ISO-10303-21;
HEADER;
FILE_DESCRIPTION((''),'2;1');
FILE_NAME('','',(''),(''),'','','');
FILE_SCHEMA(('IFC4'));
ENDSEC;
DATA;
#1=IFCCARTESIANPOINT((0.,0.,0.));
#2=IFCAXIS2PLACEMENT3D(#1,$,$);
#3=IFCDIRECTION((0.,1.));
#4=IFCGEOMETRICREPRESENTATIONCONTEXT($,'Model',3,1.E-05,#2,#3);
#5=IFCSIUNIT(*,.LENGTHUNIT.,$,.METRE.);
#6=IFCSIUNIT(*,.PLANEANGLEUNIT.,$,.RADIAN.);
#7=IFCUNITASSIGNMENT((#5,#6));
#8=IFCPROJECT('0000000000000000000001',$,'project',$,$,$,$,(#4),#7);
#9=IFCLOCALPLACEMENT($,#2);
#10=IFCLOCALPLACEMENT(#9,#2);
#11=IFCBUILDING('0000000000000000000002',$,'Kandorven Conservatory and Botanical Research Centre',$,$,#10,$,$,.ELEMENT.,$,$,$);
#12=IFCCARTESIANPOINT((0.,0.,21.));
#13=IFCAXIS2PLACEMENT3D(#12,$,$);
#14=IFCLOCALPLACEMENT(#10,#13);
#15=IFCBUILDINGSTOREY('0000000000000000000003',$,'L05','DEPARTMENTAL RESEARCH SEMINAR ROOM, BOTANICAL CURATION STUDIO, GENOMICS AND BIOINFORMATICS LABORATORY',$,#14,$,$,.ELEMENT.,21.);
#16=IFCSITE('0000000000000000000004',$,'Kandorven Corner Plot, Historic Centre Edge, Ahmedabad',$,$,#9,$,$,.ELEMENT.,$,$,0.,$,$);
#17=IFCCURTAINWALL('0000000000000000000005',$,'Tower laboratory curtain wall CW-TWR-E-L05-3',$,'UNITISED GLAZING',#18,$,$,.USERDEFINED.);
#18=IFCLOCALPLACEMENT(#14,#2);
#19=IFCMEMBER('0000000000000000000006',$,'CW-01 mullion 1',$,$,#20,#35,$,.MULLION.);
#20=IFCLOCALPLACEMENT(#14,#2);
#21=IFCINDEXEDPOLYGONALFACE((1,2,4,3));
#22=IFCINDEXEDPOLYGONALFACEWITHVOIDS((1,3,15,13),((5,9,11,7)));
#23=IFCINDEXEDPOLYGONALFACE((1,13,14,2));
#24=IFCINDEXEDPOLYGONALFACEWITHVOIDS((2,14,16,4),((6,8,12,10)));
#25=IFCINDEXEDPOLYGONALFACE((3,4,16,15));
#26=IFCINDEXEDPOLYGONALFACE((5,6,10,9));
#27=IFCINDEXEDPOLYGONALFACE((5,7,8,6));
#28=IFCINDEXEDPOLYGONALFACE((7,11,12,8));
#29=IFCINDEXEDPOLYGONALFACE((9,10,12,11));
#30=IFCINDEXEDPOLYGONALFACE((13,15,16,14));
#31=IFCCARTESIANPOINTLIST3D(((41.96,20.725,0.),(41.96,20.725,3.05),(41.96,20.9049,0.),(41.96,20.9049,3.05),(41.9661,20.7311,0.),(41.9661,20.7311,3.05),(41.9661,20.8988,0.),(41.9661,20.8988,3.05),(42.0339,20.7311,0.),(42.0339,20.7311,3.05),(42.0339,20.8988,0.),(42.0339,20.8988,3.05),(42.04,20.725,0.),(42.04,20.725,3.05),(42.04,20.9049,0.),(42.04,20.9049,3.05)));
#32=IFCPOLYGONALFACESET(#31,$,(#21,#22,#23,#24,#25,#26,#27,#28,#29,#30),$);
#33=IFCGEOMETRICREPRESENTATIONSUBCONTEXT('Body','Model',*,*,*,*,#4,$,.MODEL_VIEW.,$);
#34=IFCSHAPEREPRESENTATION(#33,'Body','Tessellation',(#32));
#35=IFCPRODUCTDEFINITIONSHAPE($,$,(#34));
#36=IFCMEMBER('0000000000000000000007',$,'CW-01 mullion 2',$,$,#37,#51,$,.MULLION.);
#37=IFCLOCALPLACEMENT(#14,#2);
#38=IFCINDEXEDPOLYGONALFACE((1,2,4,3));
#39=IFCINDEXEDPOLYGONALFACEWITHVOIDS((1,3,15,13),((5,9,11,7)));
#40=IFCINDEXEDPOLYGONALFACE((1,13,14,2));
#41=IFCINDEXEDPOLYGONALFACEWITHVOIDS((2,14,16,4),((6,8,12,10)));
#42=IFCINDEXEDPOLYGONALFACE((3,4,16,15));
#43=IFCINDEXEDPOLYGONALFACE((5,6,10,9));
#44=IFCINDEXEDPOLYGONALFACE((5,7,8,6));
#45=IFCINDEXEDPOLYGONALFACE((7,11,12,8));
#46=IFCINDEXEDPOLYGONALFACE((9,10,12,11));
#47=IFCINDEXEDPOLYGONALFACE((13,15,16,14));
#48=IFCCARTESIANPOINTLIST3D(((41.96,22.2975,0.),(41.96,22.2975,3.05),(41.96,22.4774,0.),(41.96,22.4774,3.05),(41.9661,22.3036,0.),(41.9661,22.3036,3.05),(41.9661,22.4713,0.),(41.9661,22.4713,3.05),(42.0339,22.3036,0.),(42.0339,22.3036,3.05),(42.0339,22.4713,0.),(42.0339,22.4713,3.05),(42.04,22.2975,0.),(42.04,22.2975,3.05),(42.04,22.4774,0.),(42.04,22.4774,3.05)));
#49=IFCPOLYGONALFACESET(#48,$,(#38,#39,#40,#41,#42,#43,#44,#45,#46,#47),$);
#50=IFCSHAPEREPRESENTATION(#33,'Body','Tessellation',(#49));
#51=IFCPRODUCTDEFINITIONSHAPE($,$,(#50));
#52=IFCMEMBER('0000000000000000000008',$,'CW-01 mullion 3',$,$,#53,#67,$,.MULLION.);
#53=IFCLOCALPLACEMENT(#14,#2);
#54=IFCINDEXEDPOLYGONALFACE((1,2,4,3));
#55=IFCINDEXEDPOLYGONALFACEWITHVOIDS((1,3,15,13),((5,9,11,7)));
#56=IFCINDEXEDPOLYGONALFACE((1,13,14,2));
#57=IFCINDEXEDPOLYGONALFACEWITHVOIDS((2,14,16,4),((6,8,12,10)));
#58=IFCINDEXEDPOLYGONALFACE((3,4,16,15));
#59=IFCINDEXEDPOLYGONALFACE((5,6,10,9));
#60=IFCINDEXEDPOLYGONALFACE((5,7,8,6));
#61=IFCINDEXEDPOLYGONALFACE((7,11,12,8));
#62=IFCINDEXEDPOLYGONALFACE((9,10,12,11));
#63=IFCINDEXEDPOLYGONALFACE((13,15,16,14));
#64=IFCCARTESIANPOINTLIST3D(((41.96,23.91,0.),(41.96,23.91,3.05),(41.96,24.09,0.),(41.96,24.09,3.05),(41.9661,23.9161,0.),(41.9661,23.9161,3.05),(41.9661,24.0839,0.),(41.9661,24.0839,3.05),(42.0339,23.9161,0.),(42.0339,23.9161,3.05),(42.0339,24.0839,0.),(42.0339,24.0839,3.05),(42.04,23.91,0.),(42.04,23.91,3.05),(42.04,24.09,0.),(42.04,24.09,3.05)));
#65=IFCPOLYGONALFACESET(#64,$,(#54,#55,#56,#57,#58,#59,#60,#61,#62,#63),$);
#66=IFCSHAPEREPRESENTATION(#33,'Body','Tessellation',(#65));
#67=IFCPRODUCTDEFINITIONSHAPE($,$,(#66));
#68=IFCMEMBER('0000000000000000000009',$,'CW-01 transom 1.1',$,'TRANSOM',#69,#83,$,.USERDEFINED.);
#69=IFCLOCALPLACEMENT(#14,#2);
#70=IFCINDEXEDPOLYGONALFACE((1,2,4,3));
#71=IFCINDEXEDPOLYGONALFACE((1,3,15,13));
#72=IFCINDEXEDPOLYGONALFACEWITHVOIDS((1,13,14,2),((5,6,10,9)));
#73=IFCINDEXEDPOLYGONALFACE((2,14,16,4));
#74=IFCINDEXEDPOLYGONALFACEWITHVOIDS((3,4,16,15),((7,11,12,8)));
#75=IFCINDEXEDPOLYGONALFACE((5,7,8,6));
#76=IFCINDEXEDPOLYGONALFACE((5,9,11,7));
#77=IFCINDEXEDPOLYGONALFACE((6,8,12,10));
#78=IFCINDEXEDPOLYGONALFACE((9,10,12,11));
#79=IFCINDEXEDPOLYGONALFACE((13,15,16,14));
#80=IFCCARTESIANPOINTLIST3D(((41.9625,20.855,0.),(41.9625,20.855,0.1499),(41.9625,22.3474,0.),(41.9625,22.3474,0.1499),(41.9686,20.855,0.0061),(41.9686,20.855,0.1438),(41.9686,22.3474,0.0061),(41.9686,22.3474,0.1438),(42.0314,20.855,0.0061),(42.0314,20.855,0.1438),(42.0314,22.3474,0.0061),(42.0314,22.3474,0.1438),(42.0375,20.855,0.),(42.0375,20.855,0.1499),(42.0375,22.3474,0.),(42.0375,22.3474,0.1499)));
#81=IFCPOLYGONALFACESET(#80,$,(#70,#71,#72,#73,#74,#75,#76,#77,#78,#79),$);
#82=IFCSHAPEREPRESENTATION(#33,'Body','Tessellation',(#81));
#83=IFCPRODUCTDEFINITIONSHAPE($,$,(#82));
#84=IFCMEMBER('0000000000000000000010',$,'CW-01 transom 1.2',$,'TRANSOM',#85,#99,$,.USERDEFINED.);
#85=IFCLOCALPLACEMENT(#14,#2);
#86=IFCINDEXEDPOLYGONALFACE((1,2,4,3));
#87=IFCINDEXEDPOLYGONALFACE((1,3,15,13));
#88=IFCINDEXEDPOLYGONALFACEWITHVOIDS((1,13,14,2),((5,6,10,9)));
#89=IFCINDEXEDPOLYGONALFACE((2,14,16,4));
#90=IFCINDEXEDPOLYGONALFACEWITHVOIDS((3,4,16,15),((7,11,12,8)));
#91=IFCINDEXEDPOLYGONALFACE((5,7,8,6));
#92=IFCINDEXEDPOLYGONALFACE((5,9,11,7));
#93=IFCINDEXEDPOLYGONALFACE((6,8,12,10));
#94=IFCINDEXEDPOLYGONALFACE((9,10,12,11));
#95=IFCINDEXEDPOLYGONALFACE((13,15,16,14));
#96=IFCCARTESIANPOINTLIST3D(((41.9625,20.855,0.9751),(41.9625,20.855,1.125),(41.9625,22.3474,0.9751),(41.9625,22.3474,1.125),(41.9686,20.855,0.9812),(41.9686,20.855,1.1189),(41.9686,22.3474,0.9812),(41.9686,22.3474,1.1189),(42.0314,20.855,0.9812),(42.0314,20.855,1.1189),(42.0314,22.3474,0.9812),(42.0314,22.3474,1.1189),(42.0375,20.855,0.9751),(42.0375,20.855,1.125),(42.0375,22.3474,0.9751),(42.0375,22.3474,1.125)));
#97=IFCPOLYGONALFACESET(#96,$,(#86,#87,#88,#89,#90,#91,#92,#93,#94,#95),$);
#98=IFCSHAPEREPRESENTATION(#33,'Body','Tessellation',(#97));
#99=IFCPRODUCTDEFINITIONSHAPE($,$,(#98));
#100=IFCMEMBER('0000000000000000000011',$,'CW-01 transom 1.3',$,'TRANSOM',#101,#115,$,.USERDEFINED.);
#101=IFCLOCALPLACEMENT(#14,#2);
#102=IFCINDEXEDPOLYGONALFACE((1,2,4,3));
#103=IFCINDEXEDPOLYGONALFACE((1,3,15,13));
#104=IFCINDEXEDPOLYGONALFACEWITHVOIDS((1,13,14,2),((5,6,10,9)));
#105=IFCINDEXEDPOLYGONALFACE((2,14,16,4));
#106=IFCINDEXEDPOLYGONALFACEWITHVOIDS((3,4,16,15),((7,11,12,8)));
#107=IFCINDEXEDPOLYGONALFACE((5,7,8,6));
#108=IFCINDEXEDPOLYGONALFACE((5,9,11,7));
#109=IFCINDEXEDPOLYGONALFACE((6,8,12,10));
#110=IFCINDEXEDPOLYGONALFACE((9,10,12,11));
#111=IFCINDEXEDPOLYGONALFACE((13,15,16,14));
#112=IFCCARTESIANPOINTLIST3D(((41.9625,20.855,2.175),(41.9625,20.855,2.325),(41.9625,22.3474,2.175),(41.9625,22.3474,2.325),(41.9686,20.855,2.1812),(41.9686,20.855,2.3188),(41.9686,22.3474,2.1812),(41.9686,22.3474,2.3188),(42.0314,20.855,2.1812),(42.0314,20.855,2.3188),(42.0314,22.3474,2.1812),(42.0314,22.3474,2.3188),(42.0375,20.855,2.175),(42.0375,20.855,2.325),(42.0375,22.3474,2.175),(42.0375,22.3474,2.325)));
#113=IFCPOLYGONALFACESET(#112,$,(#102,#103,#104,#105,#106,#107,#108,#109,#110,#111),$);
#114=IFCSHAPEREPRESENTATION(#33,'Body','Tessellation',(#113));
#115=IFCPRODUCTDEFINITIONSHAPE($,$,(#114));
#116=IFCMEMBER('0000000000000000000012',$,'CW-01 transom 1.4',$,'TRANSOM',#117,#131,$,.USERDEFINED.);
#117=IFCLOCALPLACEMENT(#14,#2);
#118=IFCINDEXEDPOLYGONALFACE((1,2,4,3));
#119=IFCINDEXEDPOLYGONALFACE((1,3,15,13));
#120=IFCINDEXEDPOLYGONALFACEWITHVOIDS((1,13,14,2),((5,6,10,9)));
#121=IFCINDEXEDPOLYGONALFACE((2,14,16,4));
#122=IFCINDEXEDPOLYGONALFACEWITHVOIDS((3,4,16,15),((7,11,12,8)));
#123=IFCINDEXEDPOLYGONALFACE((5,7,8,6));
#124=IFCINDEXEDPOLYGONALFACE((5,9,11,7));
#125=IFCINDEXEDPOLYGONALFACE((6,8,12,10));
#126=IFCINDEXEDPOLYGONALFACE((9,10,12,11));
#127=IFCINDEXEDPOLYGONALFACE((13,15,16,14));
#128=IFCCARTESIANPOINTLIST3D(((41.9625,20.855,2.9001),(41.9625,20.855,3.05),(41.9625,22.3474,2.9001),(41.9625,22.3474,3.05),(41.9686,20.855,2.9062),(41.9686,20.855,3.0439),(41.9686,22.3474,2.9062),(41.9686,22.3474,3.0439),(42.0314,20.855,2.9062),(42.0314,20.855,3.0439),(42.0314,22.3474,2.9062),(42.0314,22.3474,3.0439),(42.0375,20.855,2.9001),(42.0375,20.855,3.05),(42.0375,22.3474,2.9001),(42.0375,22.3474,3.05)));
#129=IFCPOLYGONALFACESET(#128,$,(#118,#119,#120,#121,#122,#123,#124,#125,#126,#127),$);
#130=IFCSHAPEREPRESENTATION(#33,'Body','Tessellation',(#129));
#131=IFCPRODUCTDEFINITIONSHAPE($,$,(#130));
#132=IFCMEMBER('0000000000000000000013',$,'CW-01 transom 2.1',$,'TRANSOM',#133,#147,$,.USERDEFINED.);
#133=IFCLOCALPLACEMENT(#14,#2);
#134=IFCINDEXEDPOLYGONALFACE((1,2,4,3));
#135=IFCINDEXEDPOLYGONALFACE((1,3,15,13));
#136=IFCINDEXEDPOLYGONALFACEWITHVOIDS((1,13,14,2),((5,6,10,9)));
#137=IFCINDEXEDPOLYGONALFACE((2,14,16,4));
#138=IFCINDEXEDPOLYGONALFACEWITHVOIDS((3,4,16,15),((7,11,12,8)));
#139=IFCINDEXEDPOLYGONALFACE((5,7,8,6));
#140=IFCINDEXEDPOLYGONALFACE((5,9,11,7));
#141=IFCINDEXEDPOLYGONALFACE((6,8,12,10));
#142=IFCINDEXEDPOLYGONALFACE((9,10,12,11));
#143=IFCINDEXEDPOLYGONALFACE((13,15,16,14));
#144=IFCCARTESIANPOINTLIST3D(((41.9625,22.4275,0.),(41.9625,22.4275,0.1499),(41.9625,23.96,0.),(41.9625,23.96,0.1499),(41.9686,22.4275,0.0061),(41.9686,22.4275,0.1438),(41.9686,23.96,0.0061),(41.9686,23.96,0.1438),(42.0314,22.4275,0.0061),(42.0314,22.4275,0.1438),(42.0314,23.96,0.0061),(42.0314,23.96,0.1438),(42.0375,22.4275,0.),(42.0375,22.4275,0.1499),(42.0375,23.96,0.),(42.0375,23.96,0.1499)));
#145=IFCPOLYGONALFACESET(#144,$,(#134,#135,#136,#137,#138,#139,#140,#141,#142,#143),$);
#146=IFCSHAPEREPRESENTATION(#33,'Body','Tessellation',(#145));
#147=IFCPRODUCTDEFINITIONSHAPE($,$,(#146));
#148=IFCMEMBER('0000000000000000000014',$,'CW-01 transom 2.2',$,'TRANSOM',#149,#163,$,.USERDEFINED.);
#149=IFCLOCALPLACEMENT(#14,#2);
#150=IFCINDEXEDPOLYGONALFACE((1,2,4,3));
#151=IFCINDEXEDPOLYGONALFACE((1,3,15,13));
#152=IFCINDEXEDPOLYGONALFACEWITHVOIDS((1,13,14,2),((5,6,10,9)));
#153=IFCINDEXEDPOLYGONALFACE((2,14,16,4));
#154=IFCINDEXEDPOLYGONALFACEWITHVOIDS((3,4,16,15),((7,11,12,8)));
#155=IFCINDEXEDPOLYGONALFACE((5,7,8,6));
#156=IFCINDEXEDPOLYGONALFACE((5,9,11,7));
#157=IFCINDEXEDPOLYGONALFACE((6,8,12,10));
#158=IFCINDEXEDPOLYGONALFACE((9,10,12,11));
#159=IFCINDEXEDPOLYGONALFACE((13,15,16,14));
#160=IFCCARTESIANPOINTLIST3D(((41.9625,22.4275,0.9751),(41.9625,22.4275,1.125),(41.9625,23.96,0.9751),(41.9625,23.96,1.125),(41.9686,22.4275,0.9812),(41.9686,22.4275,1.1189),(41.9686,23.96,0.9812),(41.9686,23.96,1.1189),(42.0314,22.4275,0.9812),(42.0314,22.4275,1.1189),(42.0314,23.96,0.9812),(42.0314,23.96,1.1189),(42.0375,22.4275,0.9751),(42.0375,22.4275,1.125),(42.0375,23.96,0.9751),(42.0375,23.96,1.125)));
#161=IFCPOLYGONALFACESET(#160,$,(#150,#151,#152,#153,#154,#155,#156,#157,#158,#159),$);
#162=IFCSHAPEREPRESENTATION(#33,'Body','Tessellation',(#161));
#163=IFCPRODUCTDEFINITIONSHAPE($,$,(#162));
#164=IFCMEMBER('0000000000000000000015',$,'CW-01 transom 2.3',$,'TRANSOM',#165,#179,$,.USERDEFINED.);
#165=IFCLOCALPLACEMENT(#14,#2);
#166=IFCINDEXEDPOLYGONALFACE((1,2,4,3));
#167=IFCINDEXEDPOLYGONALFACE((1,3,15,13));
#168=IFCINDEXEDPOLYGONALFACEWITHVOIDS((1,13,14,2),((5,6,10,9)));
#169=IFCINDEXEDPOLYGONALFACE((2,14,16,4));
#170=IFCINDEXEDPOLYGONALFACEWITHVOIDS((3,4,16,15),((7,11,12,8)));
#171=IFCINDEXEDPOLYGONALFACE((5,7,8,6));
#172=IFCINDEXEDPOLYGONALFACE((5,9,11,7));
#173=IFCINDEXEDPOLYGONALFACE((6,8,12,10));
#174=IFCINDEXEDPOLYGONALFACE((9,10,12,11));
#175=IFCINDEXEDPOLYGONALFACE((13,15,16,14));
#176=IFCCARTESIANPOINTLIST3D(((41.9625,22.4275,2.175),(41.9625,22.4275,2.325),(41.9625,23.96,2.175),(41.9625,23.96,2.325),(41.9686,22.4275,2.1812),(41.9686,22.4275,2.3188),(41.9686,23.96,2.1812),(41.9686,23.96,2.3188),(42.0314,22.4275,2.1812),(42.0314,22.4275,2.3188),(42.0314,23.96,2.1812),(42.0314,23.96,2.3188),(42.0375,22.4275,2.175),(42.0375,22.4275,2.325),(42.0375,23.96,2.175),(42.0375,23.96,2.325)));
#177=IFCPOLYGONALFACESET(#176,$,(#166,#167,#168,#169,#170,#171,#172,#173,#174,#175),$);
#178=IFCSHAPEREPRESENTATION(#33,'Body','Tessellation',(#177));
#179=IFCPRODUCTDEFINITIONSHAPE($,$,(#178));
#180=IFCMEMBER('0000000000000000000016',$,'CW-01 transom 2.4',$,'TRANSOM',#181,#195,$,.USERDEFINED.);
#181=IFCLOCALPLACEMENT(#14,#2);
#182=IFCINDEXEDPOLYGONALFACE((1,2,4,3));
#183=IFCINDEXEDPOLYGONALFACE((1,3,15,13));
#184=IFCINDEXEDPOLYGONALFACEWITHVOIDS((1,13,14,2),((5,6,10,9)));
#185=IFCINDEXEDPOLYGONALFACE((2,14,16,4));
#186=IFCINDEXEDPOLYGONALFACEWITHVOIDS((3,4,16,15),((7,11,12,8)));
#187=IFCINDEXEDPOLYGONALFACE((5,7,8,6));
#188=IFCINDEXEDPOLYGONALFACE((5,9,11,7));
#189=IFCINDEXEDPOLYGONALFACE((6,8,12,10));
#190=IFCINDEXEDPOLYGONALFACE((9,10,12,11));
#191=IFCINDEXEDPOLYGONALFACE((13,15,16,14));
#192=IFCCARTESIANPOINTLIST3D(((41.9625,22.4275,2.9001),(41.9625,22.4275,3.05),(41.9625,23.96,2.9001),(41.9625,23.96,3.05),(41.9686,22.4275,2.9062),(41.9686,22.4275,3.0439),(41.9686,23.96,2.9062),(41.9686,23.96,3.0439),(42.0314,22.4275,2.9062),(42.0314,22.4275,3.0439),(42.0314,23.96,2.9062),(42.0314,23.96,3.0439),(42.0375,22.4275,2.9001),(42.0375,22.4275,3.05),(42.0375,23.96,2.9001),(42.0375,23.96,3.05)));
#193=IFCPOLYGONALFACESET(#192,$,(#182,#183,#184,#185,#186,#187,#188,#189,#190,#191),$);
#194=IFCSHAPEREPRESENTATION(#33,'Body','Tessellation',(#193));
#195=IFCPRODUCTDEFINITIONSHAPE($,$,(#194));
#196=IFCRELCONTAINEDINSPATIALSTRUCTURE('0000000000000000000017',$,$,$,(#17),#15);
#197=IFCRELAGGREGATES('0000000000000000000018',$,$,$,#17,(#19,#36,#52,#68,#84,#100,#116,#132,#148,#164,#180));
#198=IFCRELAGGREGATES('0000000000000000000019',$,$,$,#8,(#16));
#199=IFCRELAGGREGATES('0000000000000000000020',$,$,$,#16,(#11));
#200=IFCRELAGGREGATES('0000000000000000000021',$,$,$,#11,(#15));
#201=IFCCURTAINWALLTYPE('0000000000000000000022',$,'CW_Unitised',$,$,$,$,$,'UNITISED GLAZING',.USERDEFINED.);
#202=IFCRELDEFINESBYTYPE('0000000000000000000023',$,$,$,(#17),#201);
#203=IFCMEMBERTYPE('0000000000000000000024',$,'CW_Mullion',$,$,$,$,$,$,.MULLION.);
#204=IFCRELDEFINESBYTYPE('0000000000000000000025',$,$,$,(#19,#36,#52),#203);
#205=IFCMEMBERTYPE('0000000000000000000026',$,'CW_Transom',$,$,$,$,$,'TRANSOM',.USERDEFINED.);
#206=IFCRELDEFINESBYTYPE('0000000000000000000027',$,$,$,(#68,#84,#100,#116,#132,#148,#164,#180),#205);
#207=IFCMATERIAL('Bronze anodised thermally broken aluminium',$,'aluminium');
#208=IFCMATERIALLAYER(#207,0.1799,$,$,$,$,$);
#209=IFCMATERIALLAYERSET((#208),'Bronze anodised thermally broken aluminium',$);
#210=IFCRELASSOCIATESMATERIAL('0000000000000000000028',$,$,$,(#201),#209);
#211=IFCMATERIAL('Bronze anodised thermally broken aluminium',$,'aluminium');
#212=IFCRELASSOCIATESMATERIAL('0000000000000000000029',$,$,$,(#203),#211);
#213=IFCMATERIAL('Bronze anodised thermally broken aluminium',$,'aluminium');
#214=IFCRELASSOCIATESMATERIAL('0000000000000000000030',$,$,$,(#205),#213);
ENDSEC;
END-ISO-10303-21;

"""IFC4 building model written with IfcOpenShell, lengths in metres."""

from ifc_helpers import new_model, si_unit, direction, frame, origin, origin_2d, place, context, subcontext, project, spatial, hollow_rectangle, extrude, material, layer, layer_set, material_profile, profile_set, type_object, element, aggregate, save


model = new_model("IFC4")

# Units and contexts
model_context = context("Model", 3, precision=1e-05, world=origin(), true_north=direction((0.0, 1.0)))
body_context = subcontext(model_context, "Body", "Model", "MODEL_VIEW")
ifc_project = project(units=[si_unit("LENGTHUNIT", "METRE"), si_unit("PLANEANGLEUNIT", "RADIAN")], contexts=[model_context])

# Site, building, storey
site_placement = place(None, origin())
site = spatial("IfcSite", under=ifc_project, at=site_placement, Name="Kandorven Corner Plot, Historic Centre Edge, Ahmedabad", CompositionType="ELEMENT", RefElevation=0.0)
building_placement = place(site_placement, origin())
building = spatial("IfcBuilding", under=site, at=building_placement, Name="Kandorven Conservatory and Botanical Research Centre", CompositionType="ELEMENT")
storey_placement = place(building_placement, frame((0.0, 0.0, 21.0)))
storey = spatial("IfcBuildingStorey", under=building, at=storey_placement, Name="L05", Description="DEPARTMENTAL RESEARCH SEMINAR ROOM, BOTANICAL CURATION STUDIO, GENOMICS AND BIOINFORMATICS LABORATORY", CompositionType="ELEMENT", Elevation=21.0)

# Shared definitions
ifc_material_1 = material(Name="Bronze anodised thermally broken aluminium", Category="aluminium")
ifc_layer_1 = layer(ifc_material_1, 0.1799)
ifc_layer_set_1 = layer_set([ifc_layer_1], Name="Bronze anodised thermally broken aluminium")
curtain_wall_type = type_object("IfcCurtainWallType", Name="CW_Unitised", ElementType="UNITISED GLAZING", PredefinedType="USERDEFINED", material=ifc_layer_set_1)
ifc_material_2 = material(Name="Bronze anodised thermally broken aluminium", Category="aluminium")
ifc_material_profile_1 = material_profile(ifc_material_2, hollow_rectangle(XDim=0.0801, YDim=0.1799, WallThickness=0.0061, at=origin_2d()))
ifc_profile_set_1 = profile_set([ifc_material_profile_1], Name="Bronze anodised thermally broken aluminium")
member_type_1 = type_object("IfcMemberType", Name="CW_Mullion", PredefinedType="MULLION", material=ifc_profile_set_1)

# Curtain wall, members
curtain_wall_1_placement = place(storey_placement, origin())
curtain_wall_1 = element("IfcCurtainWall", 1, at=curtain_wall_1_placement, inside=storey, type_object=curtain_wall_type, Name="Tower laboratory curtain wall CW-TWR-E-L05-3", ObjectType="UNITISED GLAZING", PredefinedType="USERDEFINED")
member_1_placement = place(storey_placement, frame((42.0, 20.8149, 0.0), z_axis=(0.0, 0.0, 1.0), x_axis=(-1.0, 0.0, 0.0)))
member_1 = element("IfcMember", 2, at=member_1_placement, type_object=member_type_1, Name="CW-01 mullion 1", PredefinedType="MULLION", context=body_context, shape_type="SweptSolid", body=[
    extrude(hollow_rectangle(XDim=0.0801, YDim=0.1799, WallThickness=0.0061, at=origin_2d()), origin(), (0.0, 0.0, 1.0), 3.05),
])
member_2_placement = place(storey_placement, frame((42.0, 22.3875, 0.0), z_axis=(0.0, 0.0, 1.0), x_axis=(-1.0, 0.0, 0.0)))
member_2 = element("IfcMember", 3, at=member_2_placement, type_object=member_type_1, Name="CW-01 mullion 2", PredefinedType="MULLION", context=body_context, shape_type="SweptSolid", body=[
    extrude(hollow_rectangle(XDim=0.0801, YDim=0.1799, WallThickness=0.0061, at=origin_2d()), origin(), (0.0, 0.0, 1.0), 3.05),
])
member_3_placement = place(storey_placement, frame((42.0, 24.0, 0.0), z_axis=(0.0, 0.0, 1.0), x_axis=(-1.0, 0.0, 0.0)))
member_3 = element("IfcMember", 4, at=member_3_placement, type_object=member_type_1, Name="CW-01 mullion 3", PredefinedType="MULLION", context=body_context, shape_type="SweptSolid", body=[
    extrude(hollow_rectangle(XDim=0.0801, YDim=0.1799, WallThickness=0.0061, at=origin_2d()), origin(), (0.0, 0.0, 1.0), 3.05),
])
ifc_material_3 = material(Name="Bronze anodised thermally broken aluminium", Category="aluminium")
ifc_material_profile_2 = material_profile(ifc_material_3, hollow_rectangle(XDim=0.075, YDim=0.1499, WallThickness=0.0061, at=origin_2d()))
ifc_profile_set_2 = profile_set([ifc_material_profile_2], Name="Bronze anodised thermally broken aluminium")
member_type_2 = type_object("IfcMemberType", Name="CW_Transom", ElementType="TRANSOM", PredefinedType="USERDEFINED", material=ifc_profile_set_2)
member_4_placement = place(storey_placement, frame((42.0, 20.855, 0.075), z_axis=(0.0, 1.0, 0.0), x_axis=(-1.0, 0.0, 0.0)))
member_4 = element("IfcMember", 5, at=member_4_placement, type_object=member_type_2, Name="CW-01 transom 1.1", ObjectType="TRANSOM", PredefinedType="USERDEFINED", context=body_context, shape_type="SweptSolid", body=[
    extrude(hollow_rectangle(XDim=0.075, YDim=0.1499, WallThickness=0.0061, at=origin_2d()), origin(), (0.0, 0.0, 1.0), 1.4924),
])
member_5_placement = place(storey_placement, frame((42.0, 20.855, 1.05), z_axis=(0.0, 1.0, 0.0), x_axis=(-1.0, 0.0, 0.0)))
member_5 = element("IfcMember", 6, at=member_5_placement, type_object=member_type_2, Name="CW-01 transom 1.2", ObjectType="TRANSOM", PredefinedType="USERDEFINED", context=body_context, shape_type="SweptSolid", body=[
    extrude(hollow_rectangle(XDim=0.075, YDim=0.1499, WallThickness=0.0061, at=origin_2d()), origin(), (0.0, 0.0, 1.0), 1.4924),
])
member_6_placement = place(storey_placement, frame((42.0, 20.855, 2.25), z_axis=(0.0, 1.0, 0.0), x_axis=(-1.0, 0.0, 0.0)))
member_6 = element("IfcMember", 7, at=member_6_placement, type_object=member_type_2, Name="CW-01 transom 1.3", ObjectType="TRANSOM", PredefinedType="USERDEFINED", context=body_context, shape_type="SweptSolid", body=[
    extrude(hollow_rectangle(XDim=0.075, YDim=0.1499, WallThickness=0.0061, at=origin_2d()), origin(), (0.0, 0.0, 1.0), 1.4924),
])
member_7_placement = place(storey_placement, frame((42.0, 20.855, 2.9751), z_axis=(0.0, 1.0, 0.0), x_axis=(-1.0, 0.0, 0.0)))
member_7 = element("IfcMember", 8, at=member_7_placement, type_object=member_type_2, Name="CW-01 transom 1.4", ObjectType="TRANSOM", PredefinedType="USERDEFINED", context=body_context, shape_type="SweptSolid", body=[
    extrude(hollow_rectangle(XDim=0.075, YDim=0.1499, WallThickness=0.0061, at=origin_2d()), origin(), (0.0, 0.0, 1.0), 1.4924),
])
member_8_placement = place(storey_placement, frame((42.0, 22.4275, 0.075), z_axis=(0.0, 1.0, 0.0), x_axis=(-1.0, 0.0, 0.0)))
member_8 = element("IfcMember", 9, at=member_8_placement, type_object=member_type_2, Name="CW-01 transom 2.1", ObjectType="TRANSOM", PredefinedType="USERDEFINED", context=body_context, shape_type="SweptSolid", body=[
    extrude(hollow_rectangle(XDim=0.075, YDim=0.1499, WallThickness=0.0061, at=origin_2d()), origin(), (0.0, 0.0, 1.0), 1.5325),
])
member_9_placement = place(storey_placement, frame((42.0, 22.4275, 1.05), z_axis=(0.0, 1.0, 0.0), x_axis=(-1.0, 0.0, 0.0)))
member_9 = element("IfcMember", 10, at=member_9_placement, type_object=member_type_2, Name="CW-01 transom 2.2", ObjectType="TRANSOM", PredefinedType="USERDEFINED", context=body_context, shape_type="SweptSolid", body=[
    extrude(hollow_rectangle(XDim=0.075, YDim=0.1499, WallThickness=0.0061, at=origin_2d()), origin(), (0.0, 0.0, 1.0), 1.5325),
])
member_10_placement = place(storey_placement, frame((42.0, 22.4275, 2.25), z_axis=(0.0, 1.0, 0.0), x_axis=(-1.0, 0.0, 0.0)))
member_10 = element("IfcMember", 11, at=member_10_placement, type_object=member_type_2, Name="CW-01 transom 2.3", ObjectType="TRANSOM", PredefinedType="USERDEFINED", context=body_context, shape_type="SweptSolid", body=[
    extrude(hollow_rectangle(XDim=0.075, YDim=0.1499, WallThickness=0.0061, at=origin_2d()), origin(), (0.0, 0.0, 1.0), 1.5325),
])
member_11_placement = place(storey_placement, frame((42.0, 22.4275, 2.9751), z_axis=(0.0, 1.0, 0.0), x_axis=(-1.0, 0.0, 0.0)))
member_11 = element("IfcMember", 12, at=member_11_placement, type_object=member_type_2, Name="CW-01 transom 2.4", ObjectType="TRANSOM", PredefinedType="USERDEFINED", context=body_context, shape_type="SweptSolid", body=[
    extrude(hollow_rectangle(XDim=0.075, YDim=0.1499, WallThickness=0.0061, at=origin_2d()), origin(), (0.0, 0.0, 1.0), 1.5325),
])

aggregate(curtain_wall_1, [member_1, member_2, member_3, member_4, member_5, member_6, member_7, member_8, member_9, member_10, member_11])

save(model, "model.ifc")
